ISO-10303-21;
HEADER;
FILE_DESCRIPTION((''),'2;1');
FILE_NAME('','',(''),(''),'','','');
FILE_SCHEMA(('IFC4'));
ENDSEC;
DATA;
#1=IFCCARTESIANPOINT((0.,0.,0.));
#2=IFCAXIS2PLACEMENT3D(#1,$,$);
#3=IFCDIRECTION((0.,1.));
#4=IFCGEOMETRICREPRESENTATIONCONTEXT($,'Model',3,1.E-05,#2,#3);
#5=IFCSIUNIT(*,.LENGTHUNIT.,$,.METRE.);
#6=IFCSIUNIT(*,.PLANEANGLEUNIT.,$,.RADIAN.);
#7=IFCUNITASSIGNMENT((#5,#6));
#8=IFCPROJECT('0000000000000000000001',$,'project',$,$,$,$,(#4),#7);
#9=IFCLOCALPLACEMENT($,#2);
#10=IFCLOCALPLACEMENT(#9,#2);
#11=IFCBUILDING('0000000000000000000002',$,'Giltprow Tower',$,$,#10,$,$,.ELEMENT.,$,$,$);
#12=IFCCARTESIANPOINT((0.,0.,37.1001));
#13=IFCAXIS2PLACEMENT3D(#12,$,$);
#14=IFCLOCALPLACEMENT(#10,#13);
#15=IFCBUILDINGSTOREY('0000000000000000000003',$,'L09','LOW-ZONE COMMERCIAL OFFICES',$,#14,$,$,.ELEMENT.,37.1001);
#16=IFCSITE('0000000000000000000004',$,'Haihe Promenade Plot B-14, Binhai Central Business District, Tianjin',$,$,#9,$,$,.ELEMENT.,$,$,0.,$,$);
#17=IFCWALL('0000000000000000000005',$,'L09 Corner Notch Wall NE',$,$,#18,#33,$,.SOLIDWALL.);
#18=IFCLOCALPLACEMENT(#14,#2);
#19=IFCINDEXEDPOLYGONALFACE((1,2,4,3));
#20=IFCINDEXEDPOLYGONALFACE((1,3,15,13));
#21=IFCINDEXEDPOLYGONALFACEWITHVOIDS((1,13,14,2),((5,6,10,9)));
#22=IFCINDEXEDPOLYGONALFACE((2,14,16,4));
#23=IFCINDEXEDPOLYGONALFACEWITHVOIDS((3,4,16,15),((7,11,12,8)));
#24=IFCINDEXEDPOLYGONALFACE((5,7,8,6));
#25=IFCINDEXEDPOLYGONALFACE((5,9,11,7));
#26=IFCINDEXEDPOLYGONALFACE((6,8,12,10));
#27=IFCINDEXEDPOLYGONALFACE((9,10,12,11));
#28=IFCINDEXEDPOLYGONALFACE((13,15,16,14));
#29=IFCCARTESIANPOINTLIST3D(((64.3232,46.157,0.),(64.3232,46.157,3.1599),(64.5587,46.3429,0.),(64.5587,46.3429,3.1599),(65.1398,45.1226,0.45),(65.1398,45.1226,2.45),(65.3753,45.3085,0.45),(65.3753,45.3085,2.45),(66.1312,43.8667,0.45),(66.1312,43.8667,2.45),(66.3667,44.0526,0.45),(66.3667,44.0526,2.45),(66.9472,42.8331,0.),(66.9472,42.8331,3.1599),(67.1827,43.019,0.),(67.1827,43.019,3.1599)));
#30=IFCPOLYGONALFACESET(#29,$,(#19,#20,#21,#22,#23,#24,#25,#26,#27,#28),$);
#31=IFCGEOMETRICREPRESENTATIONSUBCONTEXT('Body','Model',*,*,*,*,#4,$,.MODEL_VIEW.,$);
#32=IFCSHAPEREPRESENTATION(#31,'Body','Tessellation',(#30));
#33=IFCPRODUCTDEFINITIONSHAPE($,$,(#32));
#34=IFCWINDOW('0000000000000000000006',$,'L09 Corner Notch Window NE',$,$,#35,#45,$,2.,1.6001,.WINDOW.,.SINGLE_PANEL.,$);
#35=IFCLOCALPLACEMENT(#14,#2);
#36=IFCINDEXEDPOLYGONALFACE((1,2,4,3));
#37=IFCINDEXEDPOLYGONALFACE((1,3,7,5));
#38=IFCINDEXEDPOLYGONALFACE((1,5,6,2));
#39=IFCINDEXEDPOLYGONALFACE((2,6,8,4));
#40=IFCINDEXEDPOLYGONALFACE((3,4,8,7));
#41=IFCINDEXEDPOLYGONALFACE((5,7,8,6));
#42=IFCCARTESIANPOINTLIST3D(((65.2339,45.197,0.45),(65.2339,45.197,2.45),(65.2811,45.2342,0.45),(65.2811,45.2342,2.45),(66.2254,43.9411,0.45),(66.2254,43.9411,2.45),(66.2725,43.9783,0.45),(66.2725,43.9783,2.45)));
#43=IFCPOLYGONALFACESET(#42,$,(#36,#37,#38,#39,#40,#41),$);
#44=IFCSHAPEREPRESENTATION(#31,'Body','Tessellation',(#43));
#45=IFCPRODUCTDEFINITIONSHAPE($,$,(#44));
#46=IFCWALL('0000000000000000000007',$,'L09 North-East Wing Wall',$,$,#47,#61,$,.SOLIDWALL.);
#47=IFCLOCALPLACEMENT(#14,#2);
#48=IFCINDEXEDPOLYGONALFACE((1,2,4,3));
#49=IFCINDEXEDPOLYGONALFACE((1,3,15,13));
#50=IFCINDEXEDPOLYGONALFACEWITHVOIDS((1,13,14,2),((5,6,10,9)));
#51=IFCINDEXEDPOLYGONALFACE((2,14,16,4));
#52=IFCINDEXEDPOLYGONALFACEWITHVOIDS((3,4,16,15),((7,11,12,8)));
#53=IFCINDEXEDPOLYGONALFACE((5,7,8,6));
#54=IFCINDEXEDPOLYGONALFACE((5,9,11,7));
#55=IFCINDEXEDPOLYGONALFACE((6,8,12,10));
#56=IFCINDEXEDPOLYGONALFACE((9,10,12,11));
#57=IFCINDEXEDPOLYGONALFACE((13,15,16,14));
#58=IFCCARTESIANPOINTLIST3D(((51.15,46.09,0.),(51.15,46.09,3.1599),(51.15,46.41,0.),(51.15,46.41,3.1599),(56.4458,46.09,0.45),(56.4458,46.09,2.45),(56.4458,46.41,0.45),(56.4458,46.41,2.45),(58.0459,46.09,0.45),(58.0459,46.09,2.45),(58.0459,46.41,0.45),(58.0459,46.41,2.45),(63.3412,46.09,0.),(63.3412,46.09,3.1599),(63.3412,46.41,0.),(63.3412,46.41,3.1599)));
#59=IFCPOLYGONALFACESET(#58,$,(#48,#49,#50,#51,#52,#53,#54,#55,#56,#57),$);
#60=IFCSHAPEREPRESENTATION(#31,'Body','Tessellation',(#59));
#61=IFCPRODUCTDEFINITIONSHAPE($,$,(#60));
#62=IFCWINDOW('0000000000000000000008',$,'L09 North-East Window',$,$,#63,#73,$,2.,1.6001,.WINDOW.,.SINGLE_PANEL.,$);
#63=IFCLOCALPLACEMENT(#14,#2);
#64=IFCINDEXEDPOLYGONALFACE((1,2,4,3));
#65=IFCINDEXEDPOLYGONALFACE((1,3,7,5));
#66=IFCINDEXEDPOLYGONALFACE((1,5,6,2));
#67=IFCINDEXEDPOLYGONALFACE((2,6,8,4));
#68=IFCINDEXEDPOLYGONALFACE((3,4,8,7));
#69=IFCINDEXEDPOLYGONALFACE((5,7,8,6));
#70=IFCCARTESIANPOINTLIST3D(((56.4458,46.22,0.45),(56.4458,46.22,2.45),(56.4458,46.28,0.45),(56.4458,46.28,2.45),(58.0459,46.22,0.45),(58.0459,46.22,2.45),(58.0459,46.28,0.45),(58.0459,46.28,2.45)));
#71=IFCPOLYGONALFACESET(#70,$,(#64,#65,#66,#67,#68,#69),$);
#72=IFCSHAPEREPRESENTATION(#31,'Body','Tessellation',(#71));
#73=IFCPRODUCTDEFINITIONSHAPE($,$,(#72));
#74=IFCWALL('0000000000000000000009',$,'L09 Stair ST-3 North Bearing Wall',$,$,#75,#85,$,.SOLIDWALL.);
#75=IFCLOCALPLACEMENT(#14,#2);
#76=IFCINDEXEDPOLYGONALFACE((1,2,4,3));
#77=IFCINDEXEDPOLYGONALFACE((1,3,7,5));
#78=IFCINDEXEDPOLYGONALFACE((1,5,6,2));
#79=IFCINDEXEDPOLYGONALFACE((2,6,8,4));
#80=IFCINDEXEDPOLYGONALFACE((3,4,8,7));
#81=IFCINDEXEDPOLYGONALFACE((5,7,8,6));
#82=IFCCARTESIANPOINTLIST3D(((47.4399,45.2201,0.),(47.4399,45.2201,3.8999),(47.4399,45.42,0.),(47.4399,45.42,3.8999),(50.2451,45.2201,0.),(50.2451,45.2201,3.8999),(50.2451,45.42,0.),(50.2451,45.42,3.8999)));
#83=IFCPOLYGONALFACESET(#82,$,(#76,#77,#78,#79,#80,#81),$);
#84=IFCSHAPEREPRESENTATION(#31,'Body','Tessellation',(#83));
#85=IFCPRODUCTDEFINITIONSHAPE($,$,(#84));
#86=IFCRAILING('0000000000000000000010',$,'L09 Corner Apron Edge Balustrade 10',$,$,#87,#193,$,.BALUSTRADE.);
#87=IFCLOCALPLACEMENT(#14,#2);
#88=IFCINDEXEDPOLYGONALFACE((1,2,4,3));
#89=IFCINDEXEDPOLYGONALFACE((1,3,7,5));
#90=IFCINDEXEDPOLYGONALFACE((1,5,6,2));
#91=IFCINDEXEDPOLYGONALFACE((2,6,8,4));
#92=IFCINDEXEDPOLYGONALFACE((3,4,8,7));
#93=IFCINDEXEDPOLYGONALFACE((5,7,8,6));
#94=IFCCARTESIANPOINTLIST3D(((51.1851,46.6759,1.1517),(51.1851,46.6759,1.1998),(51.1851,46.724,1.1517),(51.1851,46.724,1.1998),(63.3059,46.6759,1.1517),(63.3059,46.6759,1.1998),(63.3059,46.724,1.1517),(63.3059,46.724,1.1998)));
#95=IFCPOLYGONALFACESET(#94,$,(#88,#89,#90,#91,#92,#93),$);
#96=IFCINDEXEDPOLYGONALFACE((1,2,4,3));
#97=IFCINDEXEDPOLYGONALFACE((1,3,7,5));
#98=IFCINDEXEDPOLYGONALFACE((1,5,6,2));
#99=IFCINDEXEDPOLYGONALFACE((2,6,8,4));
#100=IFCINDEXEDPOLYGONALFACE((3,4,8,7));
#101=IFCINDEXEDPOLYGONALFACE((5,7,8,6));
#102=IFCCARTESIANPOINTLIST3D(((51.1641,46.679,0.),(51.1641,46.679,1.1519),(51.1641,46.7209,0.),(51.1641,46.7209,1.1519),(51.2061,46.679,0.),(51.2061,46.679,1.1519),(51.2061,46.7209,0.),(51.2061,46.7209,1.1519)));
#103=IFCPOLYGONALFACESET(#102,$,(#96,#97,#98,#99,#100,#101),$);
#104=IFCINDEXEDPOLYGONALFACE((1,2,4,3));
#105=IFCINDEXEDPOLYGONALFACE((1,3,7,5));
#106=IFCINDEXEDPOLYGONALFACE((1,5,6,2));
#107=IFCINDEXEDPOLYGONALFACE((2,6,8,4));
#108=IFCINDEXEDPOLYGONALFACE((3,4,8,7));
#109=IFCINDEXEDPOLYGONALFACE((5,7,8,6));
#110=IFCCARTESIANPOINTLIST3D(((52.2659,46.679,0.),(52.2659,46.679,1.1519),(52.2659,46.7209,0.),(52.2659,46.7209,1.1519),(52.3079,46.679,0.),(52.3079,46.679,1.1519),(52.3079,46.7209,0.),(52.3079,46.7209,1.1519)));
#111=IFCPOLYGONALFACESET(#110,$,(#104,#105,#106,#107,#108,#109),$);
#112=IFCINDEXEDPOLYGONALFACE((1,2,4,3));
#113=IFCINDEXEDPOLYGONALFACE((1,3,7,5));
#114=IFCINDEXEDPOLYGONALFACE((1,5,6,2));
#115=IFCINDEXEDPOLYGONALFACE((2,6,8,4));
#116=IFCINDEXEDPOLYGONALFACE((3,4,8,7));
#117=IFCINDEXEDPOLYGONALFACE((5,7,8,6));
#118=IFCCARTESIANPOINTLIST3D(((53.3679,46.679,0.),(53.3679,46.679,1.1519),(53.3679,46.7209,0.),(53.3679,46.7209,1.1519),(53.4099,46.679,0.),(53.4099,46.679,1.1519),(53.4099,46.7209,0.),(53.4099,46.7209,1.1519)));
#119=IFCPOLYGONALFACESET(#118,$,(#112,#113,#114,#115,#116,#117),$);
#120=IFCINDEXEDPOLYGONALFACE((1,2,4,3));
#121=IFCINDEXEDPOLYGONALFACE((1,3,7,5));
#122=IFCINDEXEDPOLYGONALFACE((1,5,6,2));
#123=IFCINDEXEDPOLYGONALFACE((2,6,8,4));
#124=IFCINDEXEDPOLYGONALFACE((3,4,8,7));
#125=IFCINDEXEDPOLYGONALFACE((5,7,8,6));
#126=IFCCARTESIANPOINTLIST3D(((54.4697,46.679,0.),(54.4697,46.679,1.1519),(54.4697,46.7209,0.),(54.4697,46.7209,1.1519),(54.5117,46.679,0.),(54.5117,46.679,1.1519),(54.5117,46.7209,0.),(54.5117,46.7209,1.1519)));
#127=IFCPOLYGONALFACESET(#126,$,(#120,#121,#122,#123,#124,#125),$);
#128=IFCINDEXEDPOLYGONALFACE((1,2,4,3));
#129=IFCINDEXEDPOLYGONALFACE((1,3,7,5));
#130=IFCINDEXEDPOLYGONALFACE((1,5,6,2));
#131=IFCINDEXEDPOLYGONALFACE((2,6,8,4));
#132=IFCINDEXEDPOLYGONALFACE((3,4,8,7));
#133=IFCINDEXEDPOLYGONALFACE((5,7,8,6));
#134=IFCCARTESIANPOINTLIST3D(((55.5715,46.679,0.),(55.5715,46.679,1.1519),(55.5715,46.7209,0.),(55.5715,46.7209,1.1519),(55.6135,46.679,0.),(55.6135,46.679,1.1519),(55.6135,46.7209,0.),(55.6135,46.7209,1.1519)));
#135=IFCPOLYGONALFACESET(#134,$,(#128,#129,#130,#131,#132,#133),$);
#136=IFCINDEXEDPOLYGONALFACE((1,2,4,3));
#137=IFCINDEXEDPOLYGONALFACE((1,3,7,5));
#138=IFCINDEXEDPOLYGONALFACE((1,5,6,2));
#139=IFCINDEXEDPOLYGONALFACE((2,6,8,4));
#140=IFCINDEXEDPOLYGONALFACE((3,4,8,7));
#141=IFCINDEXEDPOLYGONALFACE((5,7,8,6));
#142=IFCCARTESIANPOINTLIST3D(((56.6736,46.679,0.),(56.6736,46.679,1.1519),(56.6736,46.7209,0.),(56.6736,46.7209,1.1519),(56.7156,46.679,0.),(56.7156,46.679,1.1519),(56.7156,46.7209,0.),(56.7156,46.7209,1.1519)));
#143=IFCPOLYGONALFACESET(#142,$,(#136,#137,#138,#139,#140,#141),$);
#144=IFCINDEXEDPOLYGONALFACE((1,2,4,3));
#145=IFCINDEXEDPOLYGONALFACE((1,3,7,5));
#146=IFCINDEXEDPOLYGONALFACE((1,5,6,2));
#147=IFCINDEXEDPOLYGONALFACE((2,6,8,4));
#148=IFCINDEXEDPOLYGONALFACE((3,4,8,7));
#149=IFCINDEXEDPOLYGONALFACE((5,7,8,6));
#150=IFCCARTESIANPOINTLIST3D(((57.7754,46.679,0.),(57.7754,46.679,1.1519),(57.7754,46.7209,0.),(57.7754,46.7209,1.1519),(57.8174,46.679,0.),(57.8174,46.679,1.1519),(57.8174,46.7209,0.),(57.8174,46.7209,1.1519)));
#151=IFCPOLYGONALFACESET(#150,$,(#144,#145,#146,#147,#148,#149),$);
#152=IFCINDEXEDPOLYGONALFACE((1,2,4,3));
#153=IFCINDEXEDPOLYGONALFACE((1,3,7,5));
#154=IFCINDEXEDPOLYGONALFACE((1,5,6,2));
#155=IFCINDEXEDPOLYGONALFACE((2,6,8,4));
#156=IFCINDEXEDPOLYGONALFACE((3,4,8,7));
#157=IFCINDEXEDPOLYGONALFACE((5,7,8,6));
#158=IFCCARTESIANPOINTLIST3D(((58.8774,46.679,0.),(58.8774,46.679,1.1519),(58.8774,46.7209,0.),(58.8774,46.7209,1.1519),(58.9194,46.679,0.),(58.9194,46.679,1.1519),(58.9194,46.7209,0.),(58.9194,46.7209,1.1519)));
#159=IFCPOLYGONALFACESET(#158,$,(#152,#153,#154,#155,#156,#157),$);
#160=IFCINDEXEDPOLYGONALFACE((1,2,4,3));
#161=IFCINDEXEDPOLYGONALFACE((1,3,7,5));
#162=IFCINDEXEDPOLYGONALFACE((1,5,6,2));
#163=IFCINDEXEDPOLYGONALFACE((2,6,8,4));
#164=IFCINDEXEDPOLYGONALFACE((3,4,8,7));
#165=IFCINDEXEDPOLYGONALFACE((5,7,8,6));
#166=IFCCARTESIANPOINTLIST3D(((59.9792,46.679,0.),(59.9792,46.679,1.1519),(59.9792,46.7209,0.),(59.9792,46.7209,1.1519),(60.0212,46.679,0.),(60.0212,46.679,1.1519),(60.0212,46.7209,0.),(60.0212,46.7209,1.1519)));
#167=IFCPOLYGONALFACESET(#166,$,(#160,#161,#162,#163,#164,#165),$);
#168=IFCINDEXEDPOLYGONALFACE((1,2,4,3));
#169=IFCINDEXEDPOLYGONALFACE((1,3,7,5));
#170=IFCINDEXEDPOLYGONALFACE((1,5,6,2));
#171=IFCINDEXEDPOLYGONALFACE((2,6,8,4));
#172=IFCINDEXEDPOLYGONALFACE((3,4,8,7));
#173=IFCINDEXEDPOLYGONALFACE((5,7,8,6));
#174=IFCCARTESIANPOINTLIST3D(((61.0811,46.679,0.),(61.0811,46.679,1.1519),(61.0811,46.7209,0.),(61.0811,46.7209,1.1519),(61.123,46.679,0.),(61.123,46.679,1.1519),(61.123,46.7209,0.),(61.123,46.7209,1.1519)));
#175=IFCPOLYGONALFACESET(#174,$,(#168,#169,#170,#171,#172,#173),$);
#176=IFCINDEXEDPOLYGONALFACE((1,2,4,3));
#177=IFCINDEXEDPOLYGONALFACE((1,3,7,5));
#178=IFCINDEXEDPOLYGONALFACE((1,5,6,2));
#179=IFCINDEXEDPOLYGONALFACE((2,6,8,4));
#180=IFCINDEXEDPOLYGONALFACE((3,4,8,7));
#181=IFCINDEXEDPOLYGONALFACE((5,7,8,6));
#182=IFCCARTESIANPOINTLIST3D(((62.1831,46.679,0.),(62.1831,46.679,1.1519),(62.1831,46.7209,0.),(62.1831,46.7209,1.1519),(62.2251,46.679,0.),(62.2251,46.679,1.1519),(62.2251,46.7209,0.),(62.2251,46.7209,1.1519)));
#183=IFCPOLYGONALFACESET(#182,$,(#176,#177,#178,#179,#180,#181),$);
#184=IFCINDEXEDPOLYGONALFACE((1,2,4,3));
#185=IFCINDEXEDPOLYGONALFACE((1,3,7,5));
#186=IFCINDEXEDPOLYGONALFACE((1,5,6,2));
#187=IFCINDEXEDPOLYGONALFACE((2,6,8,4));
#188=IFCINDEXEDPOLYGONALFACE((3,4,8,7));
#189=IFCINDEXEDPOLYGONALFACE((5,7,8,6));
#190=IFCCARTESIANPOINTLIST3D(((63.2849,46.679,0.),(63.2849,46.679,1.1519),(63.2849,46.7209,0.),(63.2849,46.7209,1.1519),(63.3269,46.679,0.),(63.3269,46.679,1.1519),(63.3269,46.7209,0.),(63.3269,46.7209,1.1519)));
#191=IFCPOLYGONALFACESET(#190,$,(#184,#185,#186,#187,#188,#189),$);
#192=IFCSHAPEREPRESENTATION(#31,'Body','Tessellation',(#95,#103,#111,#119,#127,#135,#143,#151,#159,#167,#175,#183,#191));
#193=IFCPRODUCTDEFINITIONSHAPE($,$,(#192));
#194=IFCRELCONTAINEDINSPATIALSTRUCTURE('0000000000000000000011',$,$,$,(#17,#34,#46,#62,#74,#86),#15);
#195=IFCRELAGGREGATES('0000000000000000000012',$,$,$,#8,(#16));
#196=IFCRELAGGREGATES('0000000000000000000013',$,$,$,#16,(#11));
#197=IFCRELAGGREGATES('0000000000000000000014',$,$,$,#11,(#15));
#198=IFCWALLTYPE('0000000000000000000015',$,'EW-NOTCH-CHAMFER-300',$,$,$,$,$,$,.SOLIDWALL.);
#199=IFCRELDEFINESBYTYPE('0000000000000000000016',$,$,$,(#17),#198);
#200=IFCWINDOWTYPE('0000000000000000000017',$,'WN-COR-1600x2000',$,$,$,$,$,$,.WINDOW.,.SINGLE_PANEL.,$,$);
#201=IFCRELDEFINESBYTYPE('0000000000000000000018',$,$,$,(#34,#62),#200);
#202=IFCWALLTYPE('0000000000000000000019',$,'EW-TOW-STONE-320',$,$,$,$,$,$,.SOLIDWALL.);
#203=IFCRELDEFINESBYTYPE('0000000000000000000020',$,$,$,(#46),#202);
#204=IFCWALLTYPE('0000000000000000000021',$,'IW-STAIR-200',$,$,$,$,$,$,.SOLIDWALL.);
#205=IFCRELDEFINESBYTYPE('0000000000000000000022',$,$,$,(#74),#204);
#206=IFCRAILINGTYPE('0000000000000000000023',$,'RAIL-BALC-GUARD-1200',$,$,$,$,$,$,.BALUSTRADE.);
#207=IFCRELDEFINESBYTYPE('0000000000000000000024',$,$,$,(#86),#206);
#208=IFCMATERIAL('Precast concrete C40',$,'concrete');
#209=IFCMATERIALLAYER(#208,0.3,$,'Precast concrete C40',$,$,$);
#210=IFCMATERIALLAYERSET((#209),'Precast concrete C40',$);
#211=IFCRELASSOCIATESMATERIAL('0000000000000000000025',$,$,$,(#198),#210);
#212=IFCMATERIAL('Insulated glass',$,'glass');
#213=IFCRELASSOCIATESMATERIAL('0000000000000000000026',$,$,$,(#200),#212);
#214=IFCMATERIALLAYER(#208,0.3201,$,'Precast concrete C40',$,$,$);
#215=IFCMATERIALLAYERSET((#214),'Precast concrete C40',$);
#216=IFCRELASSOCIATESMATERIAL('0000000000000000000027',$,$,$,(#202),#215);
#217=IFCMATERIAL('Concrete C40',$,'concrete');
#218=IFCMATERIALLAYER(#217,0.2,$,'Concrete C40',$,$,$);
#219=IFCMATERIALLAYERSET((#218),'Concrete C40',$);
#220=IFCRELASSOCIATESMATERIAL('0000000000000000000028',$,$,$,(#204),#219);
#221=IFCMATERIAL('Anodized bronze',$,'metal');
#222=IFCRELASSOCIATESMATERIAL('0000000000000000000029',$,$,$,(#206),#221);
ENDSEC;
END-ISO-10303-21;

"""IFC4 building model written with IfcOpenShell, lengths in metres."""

from ifc_helpers import new_model, si_unit, direction, frame, frame_2d, origin, origin_2d, place, context, subcontext, project, spatial, rectangle, extrude, source, transform, mapped, material, layer, layer_set, type_object, element, fill, save


model = new_model("IFC4")

# Units and contexts
model_context = context("Model", 3, precision=1e-05, world=origin(), true_north=direction((0.0, 1.0)))
body_context = subcontext(model_context, "Body", "Model", "MODEL_VIEW")
ifc_project = project(units=[si_unit("LENGTHUNIT", "METRE"), si_unit("PLANEANGLEUNIT", "RADIAN")], contexts=[model_context])

# Site, building, storey
site_placement = place(None, origin())
site = spatial("IfcSite", under=ifc_project, at=site_placement, Name="Haihe Promenade Plot B-14, Binhai Central Business District, Tianjin", CompositionType="ELEMENT", RefElevation=0.0)
building_placement = place(site_placement, origin())
building = spatial("IfcBuilding", under=site, at=building_placement, Name="Giltprow Tower", CompositionType="ELEMENT")
storey_placement = place(building_placement, frame((0.0, 0.0, 37.1001)))
storey = spatial("IfcBuildingStorey", under=building, at=storey_placement, Name="L09", Description="LOW-ZONE COMMERCIAL OFFICES", CompositionType="ELEMENT", Elevation=37.1001)

# Walls, openings, windows
ifc_material_1 = material(Name="Precast concrete C40", Category="concrete")
ifc_layer_1 = layer(ifc_material_1, 0.3, Name="Precast concrete C40")
ifc_layer_set_1 = layer_set([ifc_layer_1], Name="Precast concrete C40")
wall_type_1 = type_object("IfcWallType", Name="EW-NOTCH-CHAMFER-300", PredefinedType="SOLIDWALL", material=ifc_layer_set_1)
wall_1_placement = place(storey_placement, frame((67.0649, 42.926, 0.0), z_axis=(0.0, 0.0, 1.0), x_axis=(-0.61962, 0.784902, 0.0)))
wall_1 = element("IfcWall", 1, at=wall_1_placement, inside=storey, type_object=wall_type_1, Name="L09 Corner Notch Wall NE", PredefinedType="SOLIDWALL", context=body_context, shape_type="SweptSolid", body=[
    extrude(rectangle(XDim=4.2349, YDim=0.3, at=frame_2d((2.1174, 0.0))), origin(), (0.0, 0.0, 1.0), 3.1599),
])
opening_1_placement = place(wall_1_placement, frame((1.3169, 0.0, 0.45)))
opening_1 = element("IfcOpeningElement", 2, at=opening_1_placement, cuts=wall_1, PredefinedType="OPENING", context=body_context, shape_type="SweptSolid", body=[
    extrude(rectangle(XDim=1.6001, YDim=2.0, at=frame_2d((0.8, 1.0))), frame((0.0, 0.1599, 0.0), z_axis=(0.0, -1.0, 0.0), x_axis=(1.0, 0.0, 0.0)), (0.0, 0.0, 1.0), 0.3201),
])
ifc_material_2 = material(Name="Insulated glass", Category="glass")
window_type = type_object("IfcWindowType", Name="WN-COR-1600x2000", PartitioningType="SINGLE_PANEL", PredefinedType="WINDOW", material=ifc_material_2)
shared_shape_1 = source(origin(), body_context, "Body", "SweptSolid", [
    extrude(rectangle(XDim=1.6001, YDim=2.0, at=frame_2d((0.8, 1.0))), frame((0.0, 0.03, 0.0), z_axis=(0.0, -1.0, 0.0), x_axis=(1.0, 0.0, 0.0)), (0.0, 0.0, 1.0), 0.0601),
])
window_1_placement = place(opening_1_placement, origin())
window_1 = element("IfcWindow", 3, at=window_1_placement, inside=storey, type_object=window_type, Name="L09 Corner Notch Window NE", OverallHeight=2.0, OverallWidth=1.6001, PartitioningType="SINGLE_PANEL", PredefinedType="WINDOW", context=body_context, shape_type="MappedRepresentation", body=[
    mapped(shared_shape_1, transform((0.0, 0.0, 0.0), x_axis=(1.0, 0.0, 0.0), y_axis=(0.0, 1.0, 0.0), z_axis=(0.0, 0.0, 1.0), scale=1.0)),
])
fill(opening_1, window_1)
ifc_layer_2 = layer(ifc_material_1, 0.3201, Name="Precast concrete C40")
ifc_layer_set_2 = layer_set([ifc_layer_2], Name="Precast concrete C40")
wall_type_2 = type_object("IfcWallType", Name="EW-TOW-STONE-320", PredefinedType="SOLIDWALL", material=ifc_layer_set_2)
wall_2_placement = place(storey_placement, frame((51.1499, 46.25, 0.0), z_axis=(0.0, 0.0, 1.0), x_axis=(1.0, 0.0, 0.0)))
wall_2 = element("IfcWall", 4, at=wall_2_placement, inside=storey, type_object=wall_type_2, Name="L09 North-East Wing Wall", PredefinedType="SOLIDWALL", context=body_context, shape_type="SweptSolid", body=[
    extrude(rectangle(XDim=12.1912, YDim=0.3201, at=frame_2d((6.0957, 0.0))), origin(), (0.0, 0.0, 1.0), 3.1599),
])
opening_2_placement = place(wall_2_placement, frame((5.2959, 0.0, 0.45)))
opening_2 = element("IfcOpeningElement", 5, at=opening_2_placement, cuts=wall_2, PredefinedType="OPENING", context=body_context, shape_type="SweptSolid", body=[
    extrude(rectangle(XDim=1.6001, YDim=2.0, at=frame_2d((0.8, 1.0))), frame((0.0, 0.1699, 0.0), z_axis=(0.0, -1.0, 0.0), x_axis=(1.0, 0.0, 0.0)), (0.0, 0.0, 1.0), 0.3401),
])
window_2_placement = place(opening_2_placement, origin())
window_2 = element("IfcWindow", 6, at=window_2_placement, inside=storey, type_object=window_type, Name="L09 North-East Window", OverallHeight=2.0, OverallWidth=1.6001, PartitioningType="SINGLE_PANEL", PredefinedType="WINDOW", context=body_context, shape_type="MappedRepresentation", body=[
    mapped(shared_shape_1, transform((0.0, 0.0, 0.0), x_axis=(1.0, 0.0, 0.0), y_axis=(0.0, 1.0, 0.0), z_axis=(0.0, 0.0, 1.0), scale=1.0)),
])
fill(opening_2, window_2)

# Wall
ifc_material_3 = material(Name="Concrete C40", Category="concrete")
ifc_layer_3 = layer(ifc_material_3, 0.2, Name="Concrete C40")
ifc_layer_set_3 = layer_set([ifc_layer_3], Name="Concrete C40")
wall_type_3 = type_object("IfcWallType", Name="IW-STAIR-200", PredefinedType="SOLIDWALL", material=ifc_layer_set_3)
wall_3_placement = place(storey_placement, frame((47.4399, 45.3201, 0.0), z_axis=(0.0, 0.0, 1.0), x_axis=(1.0, 0.0, 0.0)))
element("IfcWall", 7, at=wall_3_placement, inside=storey, type_object=wall_type_3, Name="L09 Stair ST-3 North Bearing Wall", PredefinedType="SOLIDWALL", context=body_context, shape_type="SweptSolid", body=[
    extrude(rectangle(XDim=2.8052, YDim=0.2, at=frame_2d((1.4026, 0.0))), origin(), (0.0, 0.0, 1.0), 3.8999),
])

# Railing
ifc_material_4 = material(Name="Anodized bronze", Category="metal")
railing_type_1 = type_object("IfcRailingType", Name="RAIL-BALC-GUARD-1200", PredefinedType="BALUSTRADE", material=ifc_material_4)
railing_1_placement = place(storey_placement, frame((51.1851, 46.7, 0.0)))
element("IfcRailing", 8, at=railing_1_placement, inside=storey, type_object=railing_type_1, Name="L09 Corner Apron Edge Balustrade 10", PredefinedType="BALUSTRADE", context=body_context, shape_type="SweptSolid", body=[
    extrude(rectangle(XDim=0.0481, YDim=0.0481, at=origin_2d()), frame((0.0, 0.0, 1.1758), z_axis=(1.0, 0.0, 0.0), x_axis=(0.0, 1.0, 0.0)), (0.0, 0.0, 1.0), 12.1208),
    extrude(rectangle(XDim=0.042, YDim=0.042, at=origin_2d()), origin(), (0.0, 0.0, 1.0), 1.1519),
    extrude(rectangle(XDim=0.042, YDim=0.042, at=origin_2d()), frame((1.1018, 0.0, 0.0)), (0.0, 0.0, 1.0), 1.1519),
    extrude(rectangle(XDim=0.042, YDim=0.042, at=origin_2d()), frame((2.2039, 0.0, 0.0)), (0.0, 0.0, 1.0), 1.1519),
    extrude(rectangle(XDim=0.042, YDim=0.042, at=origin_2d()), frame((3.3057, 0.0, 0.0)), (0.0, 0.0, 1.0), 1.1519),
    extrude(rectangle(XDim=0.042, YDim=0.042, at=origin_2d()), frame((4.4075, 0.0, 0.0)), (0.0, 0.0, 1.0), 1.1519),
    extrude(rectangle(XDim=0.042, YDim=0.042, at=origin_2d()), frame((5.5095, 0.0, 0.0)), (0.0, 0.0, 1.0), 1.1519),
    extrude(rectangle(XDim=0.042, YDim=0.042, at=origin_2d()), frame((6.6113, 0.0, 0.0)), (0.0, 0.0, 1.0), 1.1519),
    extrude(rectangle(XDim=0.042, YDim=0.042, at=origin_2d()), frame((7.7134, 0.0, 0.0)), (0.0, 0.0, 1.0), 1.1519),
    extrude(rectangle(XDim=0.042, YDim=0.042, at=origin_2d()), frame((8.8152, 0.0, 0.0)), (0.0, 0.0, 1.0), 1.1519),
    extrude(rectangle(XDim=0.042, YDim=0.042, at=origin_2d()), frame((9.917, 0.0, 0.0)), (0.0, 0.0, 1.0), 1.1519),
    extrude(rectangle(XDim=0.042, YDim=0.042, at=origin_2d()), frame((11.019, 0.0, 0.0)), (0.0, 0.0, 1.0), 1.1519),
    extrude(rectangle(XDim=0.042, YDim=0.042, at=origin_2d()), frame((12.1208, 0.0, 0.0)), (0.0, 0.0, 1.0), 1.1519),
])

save(model, "model.ifc")
